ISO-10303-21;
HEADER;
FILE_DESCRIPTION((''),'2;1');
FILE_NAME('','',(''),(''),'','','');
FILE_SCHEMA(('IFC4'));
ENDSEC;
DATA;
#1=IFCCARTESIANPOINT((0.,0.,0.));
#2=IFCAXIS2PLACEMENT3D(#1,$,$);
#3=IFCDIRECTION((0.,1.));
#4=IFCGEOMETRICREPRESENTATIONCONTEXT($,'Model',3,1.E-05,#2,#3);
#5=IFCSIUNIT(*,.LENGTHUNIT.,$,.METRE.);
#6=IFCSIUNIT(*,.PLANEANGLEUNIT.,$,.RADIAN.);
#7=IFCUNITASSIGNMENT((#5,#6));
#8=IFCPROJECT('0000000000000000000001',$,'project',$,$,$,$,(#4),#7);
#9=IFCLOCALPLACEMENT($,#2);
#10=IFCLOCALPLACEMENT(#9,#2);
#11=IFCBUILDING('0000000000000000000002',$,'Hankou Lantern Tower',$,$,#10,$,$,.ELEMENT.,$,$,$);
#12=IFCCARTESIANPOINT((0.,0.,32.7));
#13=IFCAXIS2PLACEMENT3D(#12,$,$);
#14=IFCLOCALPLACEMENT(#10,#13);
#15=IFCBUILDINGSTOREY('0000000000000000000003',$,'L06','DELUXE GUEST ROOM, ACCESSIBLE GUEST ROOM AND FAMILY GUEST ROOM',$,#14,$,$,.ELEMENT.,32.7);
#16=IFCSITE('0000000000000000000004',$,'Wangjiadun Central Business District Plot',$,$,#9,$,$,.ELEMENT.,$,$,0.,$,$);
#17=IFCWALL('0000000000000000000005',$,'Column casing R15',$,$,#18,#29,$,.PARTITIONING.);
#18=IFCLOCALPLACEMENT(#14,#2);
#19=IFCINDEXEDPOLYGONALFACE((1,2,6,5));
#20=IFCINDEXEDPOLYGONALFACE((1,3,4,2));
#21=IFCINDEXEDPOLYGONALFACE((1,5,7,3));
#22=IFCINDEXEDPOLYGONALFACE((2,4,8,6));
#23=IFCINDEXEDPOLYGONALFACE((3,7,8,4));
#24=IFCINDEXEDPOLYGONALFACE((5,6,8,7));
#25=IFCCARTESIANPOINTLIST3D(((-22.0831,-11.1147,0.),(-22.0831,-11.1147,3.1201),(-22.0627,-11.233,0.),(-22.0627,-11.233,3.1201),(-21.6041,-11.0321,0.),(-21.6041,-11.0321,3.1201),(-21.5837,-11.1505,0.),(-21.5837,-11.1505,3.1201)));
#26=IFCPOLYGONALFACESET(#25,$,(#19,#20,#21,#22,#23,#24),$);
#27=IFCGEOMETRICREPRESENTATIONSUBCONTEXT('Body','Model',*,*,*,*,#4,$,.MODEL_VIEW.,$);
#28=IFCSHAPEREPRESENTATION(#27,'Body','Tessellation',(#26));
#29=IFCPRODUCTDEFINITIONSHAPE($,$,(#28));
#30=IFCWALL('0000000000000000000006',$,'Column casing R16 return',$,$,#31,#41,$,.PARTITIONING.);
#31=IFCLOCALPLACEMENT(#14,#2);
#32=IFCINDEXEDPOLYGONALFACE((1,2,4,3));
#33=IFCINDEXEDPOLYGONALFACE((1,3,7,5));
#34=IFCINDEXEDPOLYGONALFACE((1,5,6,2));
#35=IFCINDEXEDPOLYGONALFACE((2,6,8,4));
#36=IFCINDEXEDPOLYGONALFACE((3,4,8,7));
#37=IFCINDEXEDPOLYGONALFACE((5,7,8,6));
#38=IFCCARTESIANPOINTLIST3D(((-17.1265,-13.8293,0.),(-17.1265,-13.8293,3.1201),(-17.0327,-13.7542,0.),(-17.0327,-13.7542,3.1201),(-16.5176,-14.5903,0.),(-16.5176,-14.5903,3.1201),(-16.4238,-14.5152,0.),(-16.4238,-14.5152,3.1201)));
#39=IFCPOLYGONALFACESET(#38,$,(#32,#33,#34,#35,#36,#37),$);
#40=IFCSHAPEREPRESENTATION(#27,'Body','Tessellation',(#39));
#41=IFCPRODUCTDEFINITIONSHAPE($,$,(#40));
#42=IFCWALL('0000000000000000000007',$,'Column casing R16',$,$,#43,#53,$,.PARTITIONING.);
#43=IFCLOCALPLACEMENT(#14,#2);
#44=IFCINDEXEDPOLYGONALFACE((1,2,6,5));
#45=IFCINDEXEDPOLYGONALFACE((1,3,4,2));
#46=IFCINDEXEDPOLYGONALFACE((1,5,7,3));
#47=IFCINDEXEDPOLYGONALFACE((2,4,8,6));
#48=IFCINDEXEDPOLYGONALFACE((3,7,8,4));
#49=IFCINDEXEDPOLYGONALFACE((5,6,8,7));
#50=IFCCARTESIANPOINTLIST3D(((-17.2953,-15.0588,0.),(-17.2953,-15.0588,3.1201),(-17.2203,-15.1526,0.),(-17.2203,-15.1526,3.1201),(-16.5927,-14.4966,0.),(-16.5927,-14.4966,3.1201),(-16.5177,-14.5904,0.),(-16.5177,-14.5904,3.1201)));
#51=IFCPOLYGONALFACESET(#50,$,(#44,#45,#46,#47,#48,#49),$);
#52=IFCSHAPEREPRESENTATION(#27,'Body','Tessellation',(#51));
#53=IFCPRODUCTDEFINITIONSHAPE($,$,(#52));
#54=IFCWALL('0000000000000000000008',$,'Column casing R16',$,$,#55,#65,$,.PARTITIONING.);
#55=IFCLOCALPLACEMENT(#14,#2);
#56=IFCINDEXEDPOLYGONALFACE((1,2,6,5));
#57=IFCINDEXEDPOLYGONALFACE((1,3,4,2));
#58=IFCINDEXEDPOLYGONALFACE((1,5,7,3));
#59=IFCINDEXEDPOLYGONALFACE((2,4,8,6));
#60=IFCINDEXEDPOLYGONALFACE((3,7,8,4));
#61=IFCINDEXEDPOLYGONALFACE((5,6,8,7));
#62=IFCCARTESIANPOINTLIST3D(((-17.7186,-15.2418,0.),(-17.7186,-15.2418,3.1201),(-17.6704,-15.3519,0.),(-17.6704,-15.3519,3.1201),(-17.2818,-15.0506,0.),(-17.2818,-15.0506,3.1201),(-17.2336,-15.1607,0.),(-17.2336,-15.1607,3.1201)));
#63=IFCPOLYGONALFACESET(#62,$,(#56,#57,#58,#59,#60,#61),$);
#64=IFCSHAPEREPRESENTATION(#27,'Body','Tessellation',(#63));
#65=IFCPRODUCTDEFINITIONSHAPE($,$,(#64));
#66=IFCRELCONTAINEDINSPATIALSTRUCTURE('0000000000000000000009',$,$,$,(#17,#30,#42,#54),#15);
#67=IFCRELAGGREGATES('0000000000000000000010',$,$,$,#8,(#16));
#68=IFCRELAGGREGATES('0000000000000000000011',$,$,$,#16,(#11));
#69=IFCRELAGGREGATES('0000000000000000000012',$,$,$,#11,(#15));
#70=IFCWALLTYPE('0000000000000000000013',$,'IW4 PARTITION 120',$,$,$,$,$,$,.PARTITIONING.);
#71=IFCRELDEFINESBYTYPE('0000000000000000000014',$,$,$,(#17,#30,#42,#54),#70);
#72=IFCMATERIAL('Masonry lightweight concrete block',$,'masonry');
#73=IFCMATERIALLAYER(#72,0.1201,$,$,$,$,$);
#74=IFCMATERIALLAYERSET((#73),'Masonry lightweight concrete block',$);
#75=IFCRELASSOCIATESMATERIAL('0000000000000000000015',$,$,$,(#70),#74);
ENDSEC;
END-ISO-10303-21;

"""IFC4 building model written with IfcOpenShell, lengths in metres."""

from ifc_helpers import new_model, si_unit, direction, frame, frame_2d, origin, place, context, subcontext, project, spatial, rectangle, extrude, material, layer, layer_set, type_object, element, save


model = new_model("IFC4")

# Units and contexts
model_context = context("Model", 3, precision=1e-05, world=origin(), true_north=direction((0.0, 1.0)))
body_context = subcontext(model_context, "Body", "Model", "MODEL_VIEW")
ifc_project = project(units=[si_unit("LENGTHUNIT", "METRE"), si_unit("PLANEANGLEUNIT", "RADIAN")], contexts=[model_context])

# Site, building, storey
site_placement = place(None, origin())
site = spatial("IfcSite", under=ifc_project, at=site_placement, Name="Wangjiadun Central Business District Plot", CompositionType="ELEMENT", RefElevation=0.0)
building_placement = place(site_placement, origin())
building = spatial("IfcBuilding", under=site, at=building_placement, Name="Hankou Lantern Tower", CompositionType="ELEMENT")
storey_placement = place(building_placement, frame((0.0, 0.0, 32.7)))
storey = spatial("IfcBuildingStorey", under=building, at=storey_placement, Name="L06", Description="DELUXE GUEST ROOM, ACCESSIBLE GUEST ROOM AND FAMILY GUEST ROOM", CompositionType="ELEMENT", Elevation=32.7)

# Walls
ifc_material_1 = material(Name="Masonry lightweight concrete block", Category="masonry")
ifc_layer_1 = layer(ifc_material_1, 0.1201)
ifc_layer_set_1 = layer_set([ifc_layer_1], Name="Masonry lightweight concrete block")
wall_type_1 = type_object("IfcWallType", Name="IW4 PARTITION 120", PredefinedType="PARTITIONING", material=ifc_layer_set_1)
wall_1_placement = place(storey_placement, frame((-21.5938, -11.0913, 0.0), z_axis=(0.0, 0.0, 1.0), x_axis=(-0.985483, -0.169772, 0.0)))
element("IfcWall", 1, at=wall_1_placement, inside=storey, type_object=wall_type_1, Name="Column casing R15", PredefinedType="PARTITIONING", context=body_context, shape_type="SweptSolid", body=[
    extrude(rectangle(XDim=0.4861, YDim=0.1201, at=frame_2d((0.2432, 0.0))), origin(), (0.0, 0.0, 1.0), 3.1201),
])
wall_2_placement = place(storey_placement, frame((-17.0796, -13.7917, 0.0), z_axis=(0.0, 0.0, 1.0), x_axis=(0.624756, -0.78082, 0.0)))
element("IfcWall", 2, at=wall_2_placement, inside=storey, type_object=wall_type_1, Name="Column casing R16 return", PredefinedType="PARTITIONING", context=body_context, shape_type="SweptSolid", body=[
    extrude(rectangle(XDim=0.9746, YDim=0.1201, at=frame_2d((0.4873, 0.0))), origin(), (0.0, 0.0, 1.0), 3.1201),
])
wall_3_placement = place(storey_placement, frame((-16.5552, -14.5435, 0.0), z_axis=(0.0, 0.0, 1.0), x_axis=(-0.780789, -0.624794, 0.0)))
element("IfcWall", 3, at=wall_3_placement, inside=storey, type_object=wall_type_1, Name="Column casing R16", PredefinedType="PARTITIONING", context=body_context, shape_type="SweptSolid", body=[
    extrude(rectangle(XDim=0.8999, YDim=0.1201, at=frame_2d((0.45, 0.0))), origin(), (0.0, 0.0, 1.0), 3.1201),
])
wall_4_placement = place(storey_placement, frame((-17.2578, -15.1057, 0.0), z_axis=(0.0, 0.0, 1.0), x_axis=(-0.916099, -0.400953, 0.0)))
element("IfcWall", 4, at=wall_4_placement, inside=storey, type_object=wall_type_1, Name="Column casing R16", PredefinedType="PARTITIONING", context=body_context, shape_type="SweptSolid", body=[
    extrude(rectangle(XDim=0.4768, YDim=0.1201, at=frame_2d((0.2383, 0.0))), origin(), (0.0, 0.0, 1.0), 3.1201),
])

save(model, "model.ifc")
